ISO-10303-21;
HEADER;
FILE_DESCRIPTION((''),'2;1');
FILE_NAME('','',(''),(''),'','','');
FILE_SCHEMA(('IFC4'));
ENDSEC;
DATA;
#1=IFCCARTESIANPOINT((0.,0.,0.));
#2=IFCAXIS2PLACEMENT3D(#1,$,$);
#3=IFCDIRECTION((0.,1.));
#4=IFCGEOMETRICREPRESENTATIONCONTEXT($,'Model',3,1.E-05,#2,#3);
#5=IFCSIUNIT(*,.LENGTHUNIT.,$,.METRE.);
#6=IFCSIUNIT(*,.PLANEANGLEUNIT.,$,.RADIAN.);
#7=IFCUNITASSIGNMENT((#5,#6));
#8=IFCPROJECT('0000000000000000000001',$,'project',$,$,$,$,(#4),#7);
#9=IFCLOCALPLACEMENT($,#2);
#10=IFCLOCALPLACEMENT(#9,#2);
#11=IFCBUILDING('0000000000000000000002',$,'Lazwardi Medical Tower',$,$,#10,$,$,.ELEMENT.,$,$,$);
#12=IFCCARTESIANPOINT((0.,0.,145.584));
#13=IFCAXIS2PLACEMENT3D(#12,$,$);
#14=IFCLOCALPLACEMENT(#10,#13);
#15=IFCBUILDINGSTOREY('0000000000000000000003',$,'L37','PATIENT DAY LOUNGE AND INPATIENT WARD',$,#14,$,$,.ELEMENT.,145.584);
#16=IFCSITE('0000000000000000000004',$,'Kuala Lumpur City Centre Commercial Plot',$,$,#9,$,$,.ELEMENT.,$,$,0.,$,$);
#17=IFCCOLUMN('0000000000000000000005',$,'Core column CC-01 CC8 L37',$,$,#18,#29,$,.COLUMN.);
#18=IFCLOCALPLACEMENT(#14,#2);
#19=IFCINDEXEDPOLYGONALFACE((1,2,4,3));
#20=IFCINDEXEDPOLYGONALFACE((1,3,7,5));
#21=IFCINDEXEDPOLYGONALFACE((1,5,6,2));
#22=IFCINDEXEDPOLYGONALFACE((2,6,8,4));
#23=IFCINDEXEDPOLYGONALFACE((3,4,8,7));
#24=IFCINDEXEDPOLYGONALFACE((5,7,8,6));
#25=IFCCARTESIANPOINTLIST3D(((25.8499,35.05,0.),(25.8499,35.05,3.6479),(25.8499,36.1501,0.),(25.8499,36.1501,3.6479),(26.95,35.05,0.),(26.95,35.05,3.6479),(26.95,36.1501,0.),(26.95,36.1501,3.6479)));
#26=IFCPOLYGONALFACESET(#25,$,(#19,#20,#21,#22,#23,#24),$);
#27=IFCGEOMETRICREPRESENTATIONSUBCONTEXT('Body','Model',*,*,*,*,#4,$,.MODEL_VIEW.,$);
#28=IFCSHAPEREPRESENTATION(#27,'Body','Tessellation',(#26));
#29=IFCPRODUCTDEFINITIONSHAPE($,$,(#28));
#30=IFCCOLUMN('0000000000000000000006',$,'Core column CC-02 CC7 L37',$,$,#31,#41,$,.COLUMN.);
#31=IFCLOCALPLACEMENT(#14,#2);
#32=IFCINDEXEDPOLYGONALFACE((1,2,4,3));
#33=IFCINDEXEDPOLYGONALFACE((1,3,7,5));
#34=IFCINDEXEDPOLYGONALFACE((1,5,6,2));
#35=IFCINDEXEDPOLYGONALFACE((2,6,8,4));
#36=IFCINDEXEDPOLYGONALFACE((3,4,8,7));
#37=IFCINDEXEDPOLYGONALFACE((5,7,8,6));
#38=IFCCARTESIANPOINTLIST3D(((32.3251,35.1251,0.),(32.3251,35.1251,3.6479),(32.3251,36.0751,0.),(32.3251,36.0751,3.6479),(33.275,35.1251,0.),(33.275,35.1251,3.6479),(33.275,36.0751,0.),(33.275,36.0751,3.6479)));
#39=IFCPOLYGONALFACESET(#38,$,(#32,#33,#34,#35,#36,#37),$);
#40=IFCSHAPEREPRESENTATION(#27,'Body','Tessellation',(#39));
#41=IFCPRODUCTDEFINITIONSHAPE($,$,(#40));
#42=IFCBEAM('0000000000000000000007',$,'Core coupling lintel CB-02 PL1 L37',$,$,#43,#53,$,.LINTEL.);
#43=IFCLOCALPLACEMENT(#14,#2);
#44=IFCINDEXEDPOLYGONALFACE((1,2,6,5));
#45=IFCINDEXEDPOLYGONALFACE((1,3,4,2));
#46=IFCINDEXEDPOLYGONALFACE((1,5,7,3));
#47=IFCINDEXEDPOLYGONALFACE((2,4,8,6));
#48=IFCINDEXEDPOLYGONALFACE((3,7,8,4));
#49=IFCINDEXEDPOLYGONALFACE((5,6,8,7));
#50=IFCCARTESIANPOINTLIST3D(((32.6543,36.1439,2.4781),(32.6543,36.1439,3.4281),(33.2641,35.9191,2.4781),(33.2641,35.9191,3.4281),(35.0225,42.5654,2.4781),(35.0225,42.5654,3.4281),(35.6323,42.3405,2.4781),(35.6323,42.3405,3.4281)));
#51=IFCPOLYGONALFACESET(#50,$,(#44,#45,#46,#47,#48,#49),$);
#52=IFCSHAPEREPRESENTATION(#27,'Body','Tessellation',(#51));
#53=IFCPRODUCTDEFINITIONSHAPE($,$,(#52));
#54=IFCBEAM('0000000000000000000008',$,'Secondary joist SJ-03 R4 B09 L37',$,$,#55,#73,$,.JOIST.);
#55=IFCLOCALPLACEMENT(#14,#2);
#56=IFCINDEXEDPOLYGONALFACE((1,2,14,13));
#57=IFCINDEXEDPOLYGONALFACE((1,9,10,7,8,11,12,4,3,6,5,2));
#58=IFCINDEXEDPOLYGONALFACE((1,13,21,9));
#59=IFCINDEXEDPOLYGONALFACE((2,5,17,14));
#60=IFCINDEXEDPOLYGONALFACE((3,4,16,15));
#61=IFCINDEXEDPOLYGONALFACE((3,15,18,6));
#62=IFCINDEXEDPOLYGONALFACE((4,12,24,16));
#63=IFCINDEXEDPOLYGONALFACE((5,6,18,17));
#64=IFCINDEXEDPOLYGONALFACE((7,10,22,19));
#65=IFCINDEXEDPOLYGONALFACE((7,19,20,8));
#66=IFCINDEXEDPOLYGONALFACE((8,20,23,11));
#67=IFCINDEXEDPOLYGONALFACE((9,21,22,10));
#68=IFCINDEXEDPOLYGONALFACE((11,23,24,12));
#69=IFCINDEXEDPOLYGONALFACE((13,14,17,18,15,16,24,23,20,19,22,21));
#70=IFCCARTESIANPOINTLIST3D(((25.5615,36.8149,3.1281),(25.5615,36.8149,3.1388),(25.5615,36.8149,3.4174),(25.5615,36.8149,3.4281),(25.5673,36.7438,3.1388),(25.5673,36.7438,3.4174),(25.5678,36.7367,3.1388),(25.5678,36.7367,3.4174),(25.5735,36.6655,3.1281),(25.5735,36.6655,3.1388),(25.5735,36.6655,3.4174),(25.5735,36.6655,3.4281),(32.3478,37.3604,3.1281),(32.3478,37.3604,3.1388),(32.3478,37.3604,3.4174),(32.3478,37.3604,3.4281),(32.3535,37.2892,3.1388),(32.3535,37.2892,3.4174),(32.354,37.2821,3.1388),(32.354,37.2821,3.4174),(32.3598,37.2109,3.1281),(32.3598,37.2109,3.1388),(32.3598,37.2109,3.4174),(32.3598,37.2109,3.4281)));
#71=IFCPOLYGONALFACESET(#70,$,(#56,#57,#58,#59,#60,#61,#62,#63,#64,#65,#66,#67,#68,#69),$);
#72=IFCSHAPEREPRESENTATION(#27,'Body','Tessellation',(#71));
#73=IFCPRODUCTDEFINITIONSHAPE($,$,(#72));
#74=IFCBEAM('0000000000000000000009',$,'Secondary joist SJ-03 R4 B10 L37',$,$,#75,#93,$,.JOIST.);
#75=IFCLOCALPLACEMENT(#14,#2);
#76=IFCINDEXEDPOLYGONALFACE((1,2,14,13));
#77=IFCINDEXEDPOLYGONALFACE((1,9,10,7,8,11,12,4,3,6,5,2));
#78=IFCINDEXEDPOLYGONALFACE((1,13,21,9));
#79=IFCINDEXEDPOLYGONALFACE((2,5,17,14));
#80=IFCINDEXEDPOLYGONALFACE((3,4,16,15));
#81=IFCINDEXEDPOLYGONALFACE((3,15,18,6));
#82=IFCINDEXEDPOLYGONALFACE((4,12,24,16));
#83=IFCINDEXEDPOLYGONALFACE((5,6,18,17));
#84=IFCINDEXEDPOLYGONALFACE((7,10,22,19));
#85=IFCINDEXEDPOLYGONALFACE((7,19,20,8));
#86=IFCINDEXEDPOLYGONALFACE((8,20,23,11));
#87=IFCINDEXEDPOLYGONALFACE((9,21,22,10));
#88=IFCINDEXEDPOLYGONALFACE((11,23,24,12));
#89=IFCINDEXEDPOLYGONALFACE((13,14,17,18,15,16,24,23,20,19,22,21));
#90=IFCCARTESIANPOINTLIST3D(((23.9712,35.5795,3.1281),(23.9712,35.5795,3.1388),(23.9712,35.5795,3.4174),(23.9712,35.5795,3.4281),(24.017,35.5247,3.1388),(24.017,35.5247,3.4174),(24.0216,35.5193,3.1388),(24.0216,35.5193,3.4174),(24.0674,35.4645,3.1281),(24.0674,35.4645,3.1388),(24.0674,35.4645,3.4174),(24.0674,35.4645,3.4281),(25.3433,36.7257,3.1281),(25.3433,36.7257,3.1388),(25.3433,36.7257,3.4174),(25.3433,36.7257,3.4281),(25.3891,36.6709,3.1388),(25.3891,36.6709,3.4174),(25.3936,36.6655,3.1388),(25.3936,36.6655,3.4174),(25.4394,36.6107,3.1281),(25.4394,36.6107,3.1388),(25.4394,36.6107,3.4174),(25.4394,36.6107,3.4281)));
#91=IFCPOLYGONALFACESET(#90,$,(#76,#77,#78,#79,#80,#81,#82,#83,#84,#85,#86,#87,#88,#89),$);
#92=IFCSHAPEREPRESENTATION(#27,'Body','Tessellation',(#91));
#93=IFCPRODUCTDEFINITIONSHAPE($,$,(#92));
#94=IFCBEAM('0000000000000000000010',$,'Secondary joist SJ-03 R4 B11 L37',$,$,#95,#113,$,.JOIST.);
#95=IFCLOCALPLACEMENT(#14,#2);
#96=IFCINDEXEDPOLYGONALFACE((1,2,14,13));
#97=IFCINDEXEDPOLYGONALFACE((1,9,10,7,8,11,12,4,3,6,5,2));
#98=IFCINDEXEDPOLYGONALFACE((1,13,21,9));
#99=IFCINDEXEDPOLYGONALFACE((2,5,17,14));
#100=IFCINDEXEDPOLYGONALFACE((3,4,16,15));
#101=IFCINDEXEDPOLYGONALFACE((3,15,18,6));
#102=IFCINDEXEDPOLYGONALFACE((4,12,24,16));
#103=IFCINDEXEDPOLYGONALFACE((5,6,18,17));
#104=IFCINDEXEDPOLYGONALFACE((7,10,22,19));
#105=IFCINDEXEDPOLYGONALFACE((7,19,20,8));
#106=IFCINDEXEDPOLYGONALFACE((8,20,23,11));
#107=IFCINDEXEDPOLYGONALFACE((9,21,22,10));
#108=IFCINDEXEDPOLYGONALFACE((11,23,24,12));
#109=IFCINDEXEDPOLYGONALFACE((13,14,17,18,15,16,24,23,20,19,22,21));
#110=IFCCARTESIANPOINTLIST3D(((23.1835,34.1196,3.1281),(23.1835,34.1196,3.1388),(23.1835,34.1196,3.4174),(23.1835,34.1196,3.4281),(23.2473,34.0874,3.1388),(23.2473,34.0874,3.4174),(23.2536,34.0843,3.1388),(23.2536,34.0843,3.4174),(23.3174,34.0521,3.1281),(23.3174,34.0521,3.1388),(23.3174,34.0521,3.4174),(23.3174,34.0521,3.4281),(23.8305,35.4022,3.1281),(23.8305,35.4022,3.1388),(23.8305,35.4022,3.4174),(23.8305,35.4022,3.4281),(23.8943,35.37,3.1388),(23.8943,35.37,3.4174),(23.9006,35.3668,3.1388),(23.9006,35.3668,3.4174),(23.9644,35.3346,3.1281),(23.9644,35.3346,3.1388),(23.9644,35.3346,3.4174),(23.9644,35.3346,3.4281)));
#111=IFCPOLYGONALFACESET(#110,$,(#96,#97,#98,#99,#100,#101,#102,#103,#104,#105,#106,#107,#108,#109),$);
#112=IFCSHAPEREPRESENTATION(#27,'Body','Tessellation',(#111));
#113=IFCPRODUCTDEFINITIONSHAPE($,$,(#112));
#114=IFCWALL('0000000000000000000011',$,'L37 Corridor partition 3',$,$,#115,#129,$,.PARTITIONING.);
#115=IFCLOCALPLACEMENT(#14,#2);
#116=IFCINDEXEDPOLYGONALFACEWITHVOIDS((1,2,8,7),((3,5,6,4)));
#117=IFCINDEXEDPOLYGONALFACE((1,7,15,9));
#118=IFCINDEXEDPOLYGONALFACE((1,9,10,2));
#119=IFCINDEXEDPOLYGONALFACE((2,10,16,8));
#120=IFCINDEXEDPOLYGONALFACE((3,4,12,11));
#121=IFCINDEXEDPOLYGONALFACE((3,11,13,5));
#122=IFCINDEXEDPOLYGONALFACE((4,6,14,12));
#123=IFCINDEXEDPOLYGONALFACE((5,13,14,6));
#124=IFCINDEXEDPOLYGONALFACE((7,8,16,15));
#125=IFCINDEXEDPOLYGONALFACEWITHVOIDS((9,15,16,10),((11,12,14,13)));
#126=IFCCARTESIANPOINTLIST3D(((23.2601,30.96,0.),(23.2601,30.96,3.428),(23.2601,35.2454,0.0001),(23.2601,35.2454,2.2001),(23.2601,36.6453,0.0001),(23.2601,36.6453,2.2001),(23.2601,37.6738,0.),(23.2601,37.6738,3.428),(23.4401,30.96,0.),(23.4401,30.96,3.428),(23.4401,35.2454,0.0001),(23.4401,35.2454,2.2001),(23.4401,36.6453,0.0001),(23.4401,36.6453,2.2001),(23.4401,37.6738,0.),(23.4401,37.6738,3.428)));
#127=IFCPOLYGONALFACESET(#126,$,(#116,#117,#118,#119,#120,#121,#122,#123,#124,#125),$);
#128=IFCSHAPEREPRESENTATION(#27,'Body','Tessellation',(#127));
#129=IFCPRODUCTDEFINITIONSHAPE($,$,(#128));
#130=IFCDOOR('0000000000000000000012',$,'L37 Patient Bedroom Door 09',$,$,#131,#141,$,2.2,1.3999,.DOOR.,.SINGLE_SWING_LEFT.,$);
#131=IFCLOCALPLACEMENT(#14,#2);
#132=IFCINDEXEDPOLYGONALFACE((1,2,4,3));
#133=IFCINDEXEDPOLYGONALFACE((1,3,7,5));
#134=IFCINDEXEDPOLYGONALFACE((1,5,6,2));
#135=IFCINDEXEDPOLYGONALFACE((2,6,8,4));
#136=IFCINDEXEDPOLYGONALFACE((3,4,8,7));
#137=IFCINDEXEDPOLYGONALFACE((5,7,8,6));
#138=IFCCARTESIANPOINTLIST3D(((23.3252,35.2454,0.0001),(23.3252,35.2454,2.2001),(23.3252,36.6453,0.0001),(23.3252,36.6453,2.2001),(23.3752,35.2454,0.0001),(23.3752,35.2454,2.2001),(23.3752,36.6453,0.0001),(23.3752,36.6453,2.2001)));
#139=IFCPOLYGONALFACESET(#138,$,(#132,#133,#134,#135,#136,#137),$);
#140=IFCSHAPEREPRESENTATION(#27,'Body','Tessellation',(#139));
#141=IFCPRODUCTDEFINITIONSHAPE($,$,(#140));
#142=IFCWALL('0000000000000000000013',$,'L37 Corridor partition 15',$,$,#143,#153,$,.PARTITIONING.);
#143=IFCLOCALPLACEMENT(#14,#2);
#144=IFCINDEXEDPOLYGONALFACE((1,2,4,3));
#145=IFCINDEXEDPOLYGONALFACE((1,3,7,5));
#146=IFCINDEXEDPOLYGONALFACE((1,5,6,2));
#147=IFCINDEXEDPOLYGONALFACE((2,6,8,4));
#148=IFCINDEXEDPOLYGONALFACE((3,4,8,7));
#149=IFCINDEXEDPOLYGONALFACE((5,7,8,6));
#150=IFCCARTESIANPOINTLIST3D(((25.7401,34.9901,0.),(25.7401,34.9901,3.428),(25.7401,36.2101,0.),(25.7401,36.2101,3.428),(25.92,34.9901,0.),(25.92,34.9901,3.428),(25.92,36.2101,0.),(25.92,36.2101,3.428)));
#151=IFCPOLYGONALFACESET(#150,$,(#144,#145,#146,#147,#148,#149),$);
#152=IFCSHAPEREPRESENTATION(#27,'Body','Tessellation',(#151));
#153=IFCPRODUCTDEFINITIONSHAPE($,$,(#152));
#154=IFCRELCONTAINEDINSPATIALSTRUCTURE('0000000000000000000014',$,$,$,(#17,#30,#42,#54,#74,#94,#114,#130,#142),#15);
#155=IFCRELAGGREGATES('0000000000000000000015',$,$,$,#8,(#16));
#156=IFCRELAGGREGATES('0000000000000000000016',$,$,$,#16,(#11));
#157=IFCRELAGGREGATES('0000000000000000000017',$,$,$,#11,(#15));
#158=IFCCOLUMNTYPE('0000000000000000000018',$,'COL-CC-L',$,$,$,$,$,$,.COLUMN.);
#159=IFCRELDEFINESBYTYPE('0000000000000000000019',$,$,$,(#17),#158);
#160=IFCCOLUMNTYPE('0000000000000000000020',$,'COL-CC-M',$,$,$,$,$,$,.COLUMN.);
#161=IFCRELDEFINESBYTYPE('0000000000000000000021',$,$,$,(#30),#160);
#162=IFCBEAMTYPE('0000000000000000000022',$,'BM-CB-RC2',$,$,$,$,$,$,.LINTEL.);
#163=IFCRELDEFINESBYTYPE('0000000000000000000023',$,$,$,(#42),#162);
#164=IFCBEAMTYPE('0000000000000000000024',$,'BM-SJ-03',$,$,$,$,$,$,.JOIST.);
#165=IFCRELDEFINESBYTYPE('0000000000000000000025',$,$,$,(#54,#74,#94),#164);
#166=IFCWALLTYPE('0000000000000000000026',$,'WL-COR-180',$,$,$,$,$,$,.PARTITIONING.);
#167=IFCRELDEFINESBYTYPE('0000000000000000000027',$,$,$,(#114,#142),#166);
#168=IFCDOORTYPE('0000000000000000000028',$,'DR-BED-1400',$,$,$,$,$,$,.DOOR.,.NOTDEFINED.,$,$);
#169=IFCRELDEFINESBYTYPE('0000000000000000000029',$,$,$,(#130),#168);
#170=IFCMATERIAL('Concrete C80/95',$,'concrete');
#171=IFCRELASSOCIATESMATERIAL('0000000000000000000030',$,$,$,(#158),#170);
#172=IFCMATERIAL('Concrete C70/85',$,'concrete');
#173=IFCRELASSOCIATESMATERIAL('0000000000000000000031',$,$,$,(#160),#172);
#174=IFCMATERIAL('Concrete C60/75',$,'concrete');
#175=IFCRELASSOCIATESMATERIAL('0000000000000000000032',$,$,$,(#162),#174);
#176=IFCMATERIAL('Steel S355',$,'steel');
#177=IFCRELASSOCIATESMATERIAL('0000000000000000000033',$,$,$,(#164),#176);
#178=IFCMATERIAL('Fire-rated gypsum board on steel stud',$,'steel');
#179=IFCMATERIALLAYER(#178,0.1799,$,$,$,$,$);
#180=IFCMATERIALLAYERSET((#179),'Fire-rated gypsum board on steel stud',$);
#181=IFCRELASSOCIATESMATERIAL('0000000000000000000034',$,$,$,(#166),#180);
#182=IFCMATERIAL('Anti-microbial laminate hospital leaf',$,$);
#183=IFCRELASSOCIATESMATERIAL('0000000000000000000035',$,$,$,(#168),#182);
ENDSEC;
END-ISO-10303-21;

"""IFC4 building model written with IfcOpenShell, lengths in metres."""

from ifc_helpers import new_model, si_unit, direction, frame, frame_2d, origin, origin_2d, place, context, subcontext, project, spatial, rectangle, i_section, extrude, material, layer, layer_set, material_profile, profile_set, type_object, element, fill, save


model = new_model("IFC4")

# Units and contexts
model_context = context("Model", 3, precision=1e-05, world=origin(), true_north=direction((0.0, 1.0)))
body_context = subcontext(model_context, "Body", "Model", "MODEL_VIEW")
ifc_project = project(units=[si_unit("LENGTHUNIT", "METRE"), si_unit("PLANEANGLEUNIT", "RADIAN")], contexts=[model_context])

# Site, building, storey
site_placement = place(None, origin())
site = spatial("IfcSite", under=ifc_project, at=site_placement, Name="Kuala Lumpur City Centre Commercial Plot", CompositionType="ELEMENT", RefElevation=0.0)
building_placement = place(site_placement, origin())
building = spatial("IfcBuilding", under=site, at=building_placement, Name="Lazwardi Medical Tower", CompositionType="ELEMENT")
storey_placement = place(building_placement, frame((0.0, 0.0, 145.584)))
storey = spatial("IfcBuildingStorey", under=building, at=storey_placement, Name="L37", Description="PATIENT DAY LOUNGE AND INPATIENT WARD", CompositionType="ELEMENT", Elevation=145.584)

# Columns
ifc_material_1 = material(Name="Concrete C80/95", Category="concrete")
ifc_material_profile_1 = material_profile(ifc_material_1, rectangle(XDim=1.1001, YDim=1.1001, at=origin_2d()), Name="RC 1100x1100")
ifc_profile_set_1 = profile_set([ifc_material_profile_1], Name="Concrete C80/95")
column_type_1 = type_object("IfcColumnType", Name="COL-CC-L", PredefinedType="COLUMN", material=ifc_profile_set_1)
column_1_placement = place(storey_placement, frame((26.3999, 35.6001, 0.0), z_axis=(0.0, 0.0, 1.0), x_axis=(1.0, 0.0, 0.0)))
element("IfcColumn", 1, at=column_1_placement, inside=storey, type_object=column_type_1, Name="Core column CC-01 CC8 L37", PredefinedType="COLUMN", context=body_context, shape_type="SweptSolid", body=[
    extrude(rectangle(XDim=1.1001, YDim=1.1001, at=origin_2d()), origin(), (0.0, 0.0, 1.0), 3.6479),
])
ifc_material_2 = material(Name="Concrete C70/85", Category="concrete")
ifc_material_profile_2 = material_profile(ifc_material_2, rectangle(XDim=0.95, YDim=0.95, at=origin_2d()), Name="RC 950x950")
ifc_profile_set_2 = profile_set([ifc_material_profile_2], Name="Concrete C70/85")
column_type_2 = type_object("IfcColumnType", Name="COL-CC-M", PredefinedType="COLUMN", material=ifc_profile_set_2)
column_2_placement = place(storey_placement, frame((32.8, 35.6001, 0.0), z_axis=(0.0, 0.0, 1.0), x_axis=(1.0, 0.0, 0.0)))
element("IfcColumn", 2, at=column_2_placement, inside=storey, type_object=column_type_2, Name="Core column CC-02 CC7 L37", PredefinedType="COLUMN", context=body_context, shape_type="SweptSolid", body=[
    extrude(rectangle(XDim=0.95, YDim=0.95, at=origin_2d()), origin(), (0.0, 0.0, 1.0), 3.6479),
])

# Beams
ifc_material_3 = material(Name="Concrete C60/75", Category="concrete")
ifc_material_profile_3 = material_profile(ifc_material_3, rectangle(XDim=0.6499, YDim=0.95, at=origin_2d()), Name="RC 650x950")
ifc_profile_set_3 = profile_set([ifc_material_profile_3], Name="Concrete C60/75")
beam_type_1 = type_object("IfcBeamType", Name="BM-CB-RC2", PredefinedType="LINTEL", material=ifc_profile_set_3)
beam_1_placement = place(storey_placement, frame((32.9592, 36.0315, 2.9531), z_axis=(0.346013, 0.93823, 0.0), x_axis=(-0.93823, 0.346013, 0.0)))
element("IfcBeam", 3, at=beam_1_placement, inside=storey, type_object=beam_type_1, Name="Core coupling lintel CB-02 PL1 L37", PredefinedType="LINTEL", context=body_context, shape_type="SweptSolid", body=[
    extrude(rectangle(XDim=0.6499, YDim=0.95, at=origin_2d()), origin(), (0.0, 0.0, 1.0), 6.8442),
])
ifc_material_4 = material(Name="Steel S355", Category="steel")
ifc_material_profile_4 = material_profile(ifc_material_4, i_section(OverallWidth=0.1499, OverallDepth=0.3, WebThickness=0.0071, FlangeThickness=0.0107, at=origin_2d()), Name="IPE 300")
ifc_profile_set_4 = profile_set([ifc_material_profile_4], Name="Steel S355")
beam_type_2 = type_object("IfcBeamType", Name="BM-SJ-03", PredefinedType="JOIST", material=ifc_profile_set_4)
beam_2_placement = place(storey_placement, frame((32.3538, 37.2856, 3.2781), z_axis=(-0.996786, -0.080113, 0.0), x_axis=(0.080113, -0.996786, 0.0)))
element("IfcBeam", 4, at=beam_2_placement, inside=storey, type_object=beam_type_2, Name="Secondary joist SJ-03 R4 B09 L37", PredefinedType="JOIST", context=body_context, shape_type="SweptSolid", body=[
    extrude(i_section(OverallWidth=0.1499, OverallDepth=0.3, WebThickness=0.0071, FlangeThickness=0.0107, at=origin_2d()), origin(), (0.0, 0.0, 1.0), 6.8081),
])
beam_3_placement = place(storey_placement, frame((25.3914, 36.6682, 3.2781), z_axis=(-0.767437, -0.641124, 0.0), x_axis=(0.641124, -0.767437, 0.0)))
element("IfcBeam", 5, at=beam_3_placement, inside=storey, type_object=beam_type_2, Name="Secondary joist SJ-03 R4 B10 L37", PredefinedType="JOIST", context=body_context, shape_type="SweptSolid", body=[
    extrude(i_section(OverallWidth=0.1499, OverallDepth=0.3, WebThickness=0.0071, FlangeThickness=0.0107, at=origin_2d()), origin(), (0.0, 0.0, 1.0), 1.7878),
])
beam_4_placement = place(storey_placement, frame((23.8975, 35.3684, 3.2781), z_axis=(-0.450406, -0.892824, 0.0), x_axis=(0.892824, -0.450406, 0.0)))
element("IfcBeam", 6, at=beam_4_placement, inside=storey, type_object=beam_type_2, Name="Secondary joist SJ-03 R4 B11 L37", PredefinedType="JOIST", context=body_context, shape_type="SweptSolid", body=[
    extrude(i_section(OverallWidth=0.1499, OverallDepth=0.3, WebThickness=0.0071, FlangeThickness=0.0107, at=origin_2d()), origin(), (0.0, 0.0, 1.0), 1.4365),
])

# Wall, opening, door
ifc_material_5 = material(Name="Fire-rated gypsum board on steel stud", Category="steel")
ifc_layer_1 = layer(ifc_material_5, 0.1799)
ifc_layer_set_1 = layer_set([ifc_layer_1], Name="Fire-rated gypsum board on steel stud")
wall_type_1 = type_object("IfcWallType", Name="WL-COR-180", PredefinedType="PARTITIONING", material=ifc_layer_set_1)
wall_1_placement = place(storey_placement, frame((23.3501, 30.96, 0.0), z_axis=(0.0, 0.0, 1.0), x_axis=(0.0, 1.0, 0.0)))
wall_1 = element("IfcWall", 7, at=wall_1_placement, inside=storey, type_object=wall_type_1, Name="L37 Corridor partition 3", PredefinedType="PARTITIONING", context=body_context, shape_type="SweptSolid", body=[
    extrude(rectangle(XDim=6.7139, YDim=0.1799, at=frame_2d((3.3569, 0.0))), origin(), (0.0, 0.0, 1.0), 3.428),
])
opening_1_placement = place(wall_1_placement, frame((4.2854, 0.0, 0.0)))
opening_1 = element("IfcOpeningElement", 8, at=opening_1_placement, cuts=wall_1, PredefinedType="OPENING", context=body_context, shape_type="SweptSolid", body=[
    extrude(rectangle(XDim=1.3999, YDim=2.2, at=frame_2d((0.7, 1.1001))), frame((0.0, 0.0999, 0.0), z_axis=(0.0, -1.0, 0.0), x_axis=(1.0, 0.0, 0.0)), (0.0, 0.0, 1.0), 0.2),
])
ifc_material_6 = material(Name="Anti-microbial laminate hospital leaf")
door_type_1 = type_object("IfcDoorType", Name="DR-BED-1400", OperationType="NOTDEFINED", PredefinedType="DOOR", material=ifc_material_6)
door_1_placement = place(opening_1_placement, origin())
door_1 = element("IfcDoor", 9, at=door_1_placement, inside=storey, type_object=door_type_1, Name="L37 Patient Bedroom Door 09", OperationType="SINGLE_SWING_LEFT", OverallHeight=2.2, OverallWidth=1.3999, PredefinedType="DOOR", context=body_context, shape_type="SweptSolid", body=[
    extrude(rectangle(XDim=1.3999, YDim=2.2, at=frame_2d((0.7, 1.1001))), frame((0.0, 0.0249, 0.0), z_axis=(0.0, -1.0, 0.0), x_axis=(1.0, 0.0, 0.0)), (0.0, 0.0, 1.0), 0.05),
])
fill(opening_1, door_1)

# Wall
wall_2_placement = place(storey_placement, frame((25.8301, 36.21, 0.0), z_axis=(0.0, 0.0, 1.0), x_axis=(0.0, -1.0, 0.0)))
element("IfcWall", 10, at=wall_2_placement, inside=storey, type_object=wall_type_1, Name="L37 Corridor partition 15", PredefinedType="PARTITIONING", context=body_context, shape_type="SweptSolid", body=[
    extrude(rectangle(XDim=1.22, YDim=0.1799, at=frame_2d((0.6099, 0.0))), origin(), (0.0, 0.0, 1.0), 3.428),
])

save(model, "model.ifc")
